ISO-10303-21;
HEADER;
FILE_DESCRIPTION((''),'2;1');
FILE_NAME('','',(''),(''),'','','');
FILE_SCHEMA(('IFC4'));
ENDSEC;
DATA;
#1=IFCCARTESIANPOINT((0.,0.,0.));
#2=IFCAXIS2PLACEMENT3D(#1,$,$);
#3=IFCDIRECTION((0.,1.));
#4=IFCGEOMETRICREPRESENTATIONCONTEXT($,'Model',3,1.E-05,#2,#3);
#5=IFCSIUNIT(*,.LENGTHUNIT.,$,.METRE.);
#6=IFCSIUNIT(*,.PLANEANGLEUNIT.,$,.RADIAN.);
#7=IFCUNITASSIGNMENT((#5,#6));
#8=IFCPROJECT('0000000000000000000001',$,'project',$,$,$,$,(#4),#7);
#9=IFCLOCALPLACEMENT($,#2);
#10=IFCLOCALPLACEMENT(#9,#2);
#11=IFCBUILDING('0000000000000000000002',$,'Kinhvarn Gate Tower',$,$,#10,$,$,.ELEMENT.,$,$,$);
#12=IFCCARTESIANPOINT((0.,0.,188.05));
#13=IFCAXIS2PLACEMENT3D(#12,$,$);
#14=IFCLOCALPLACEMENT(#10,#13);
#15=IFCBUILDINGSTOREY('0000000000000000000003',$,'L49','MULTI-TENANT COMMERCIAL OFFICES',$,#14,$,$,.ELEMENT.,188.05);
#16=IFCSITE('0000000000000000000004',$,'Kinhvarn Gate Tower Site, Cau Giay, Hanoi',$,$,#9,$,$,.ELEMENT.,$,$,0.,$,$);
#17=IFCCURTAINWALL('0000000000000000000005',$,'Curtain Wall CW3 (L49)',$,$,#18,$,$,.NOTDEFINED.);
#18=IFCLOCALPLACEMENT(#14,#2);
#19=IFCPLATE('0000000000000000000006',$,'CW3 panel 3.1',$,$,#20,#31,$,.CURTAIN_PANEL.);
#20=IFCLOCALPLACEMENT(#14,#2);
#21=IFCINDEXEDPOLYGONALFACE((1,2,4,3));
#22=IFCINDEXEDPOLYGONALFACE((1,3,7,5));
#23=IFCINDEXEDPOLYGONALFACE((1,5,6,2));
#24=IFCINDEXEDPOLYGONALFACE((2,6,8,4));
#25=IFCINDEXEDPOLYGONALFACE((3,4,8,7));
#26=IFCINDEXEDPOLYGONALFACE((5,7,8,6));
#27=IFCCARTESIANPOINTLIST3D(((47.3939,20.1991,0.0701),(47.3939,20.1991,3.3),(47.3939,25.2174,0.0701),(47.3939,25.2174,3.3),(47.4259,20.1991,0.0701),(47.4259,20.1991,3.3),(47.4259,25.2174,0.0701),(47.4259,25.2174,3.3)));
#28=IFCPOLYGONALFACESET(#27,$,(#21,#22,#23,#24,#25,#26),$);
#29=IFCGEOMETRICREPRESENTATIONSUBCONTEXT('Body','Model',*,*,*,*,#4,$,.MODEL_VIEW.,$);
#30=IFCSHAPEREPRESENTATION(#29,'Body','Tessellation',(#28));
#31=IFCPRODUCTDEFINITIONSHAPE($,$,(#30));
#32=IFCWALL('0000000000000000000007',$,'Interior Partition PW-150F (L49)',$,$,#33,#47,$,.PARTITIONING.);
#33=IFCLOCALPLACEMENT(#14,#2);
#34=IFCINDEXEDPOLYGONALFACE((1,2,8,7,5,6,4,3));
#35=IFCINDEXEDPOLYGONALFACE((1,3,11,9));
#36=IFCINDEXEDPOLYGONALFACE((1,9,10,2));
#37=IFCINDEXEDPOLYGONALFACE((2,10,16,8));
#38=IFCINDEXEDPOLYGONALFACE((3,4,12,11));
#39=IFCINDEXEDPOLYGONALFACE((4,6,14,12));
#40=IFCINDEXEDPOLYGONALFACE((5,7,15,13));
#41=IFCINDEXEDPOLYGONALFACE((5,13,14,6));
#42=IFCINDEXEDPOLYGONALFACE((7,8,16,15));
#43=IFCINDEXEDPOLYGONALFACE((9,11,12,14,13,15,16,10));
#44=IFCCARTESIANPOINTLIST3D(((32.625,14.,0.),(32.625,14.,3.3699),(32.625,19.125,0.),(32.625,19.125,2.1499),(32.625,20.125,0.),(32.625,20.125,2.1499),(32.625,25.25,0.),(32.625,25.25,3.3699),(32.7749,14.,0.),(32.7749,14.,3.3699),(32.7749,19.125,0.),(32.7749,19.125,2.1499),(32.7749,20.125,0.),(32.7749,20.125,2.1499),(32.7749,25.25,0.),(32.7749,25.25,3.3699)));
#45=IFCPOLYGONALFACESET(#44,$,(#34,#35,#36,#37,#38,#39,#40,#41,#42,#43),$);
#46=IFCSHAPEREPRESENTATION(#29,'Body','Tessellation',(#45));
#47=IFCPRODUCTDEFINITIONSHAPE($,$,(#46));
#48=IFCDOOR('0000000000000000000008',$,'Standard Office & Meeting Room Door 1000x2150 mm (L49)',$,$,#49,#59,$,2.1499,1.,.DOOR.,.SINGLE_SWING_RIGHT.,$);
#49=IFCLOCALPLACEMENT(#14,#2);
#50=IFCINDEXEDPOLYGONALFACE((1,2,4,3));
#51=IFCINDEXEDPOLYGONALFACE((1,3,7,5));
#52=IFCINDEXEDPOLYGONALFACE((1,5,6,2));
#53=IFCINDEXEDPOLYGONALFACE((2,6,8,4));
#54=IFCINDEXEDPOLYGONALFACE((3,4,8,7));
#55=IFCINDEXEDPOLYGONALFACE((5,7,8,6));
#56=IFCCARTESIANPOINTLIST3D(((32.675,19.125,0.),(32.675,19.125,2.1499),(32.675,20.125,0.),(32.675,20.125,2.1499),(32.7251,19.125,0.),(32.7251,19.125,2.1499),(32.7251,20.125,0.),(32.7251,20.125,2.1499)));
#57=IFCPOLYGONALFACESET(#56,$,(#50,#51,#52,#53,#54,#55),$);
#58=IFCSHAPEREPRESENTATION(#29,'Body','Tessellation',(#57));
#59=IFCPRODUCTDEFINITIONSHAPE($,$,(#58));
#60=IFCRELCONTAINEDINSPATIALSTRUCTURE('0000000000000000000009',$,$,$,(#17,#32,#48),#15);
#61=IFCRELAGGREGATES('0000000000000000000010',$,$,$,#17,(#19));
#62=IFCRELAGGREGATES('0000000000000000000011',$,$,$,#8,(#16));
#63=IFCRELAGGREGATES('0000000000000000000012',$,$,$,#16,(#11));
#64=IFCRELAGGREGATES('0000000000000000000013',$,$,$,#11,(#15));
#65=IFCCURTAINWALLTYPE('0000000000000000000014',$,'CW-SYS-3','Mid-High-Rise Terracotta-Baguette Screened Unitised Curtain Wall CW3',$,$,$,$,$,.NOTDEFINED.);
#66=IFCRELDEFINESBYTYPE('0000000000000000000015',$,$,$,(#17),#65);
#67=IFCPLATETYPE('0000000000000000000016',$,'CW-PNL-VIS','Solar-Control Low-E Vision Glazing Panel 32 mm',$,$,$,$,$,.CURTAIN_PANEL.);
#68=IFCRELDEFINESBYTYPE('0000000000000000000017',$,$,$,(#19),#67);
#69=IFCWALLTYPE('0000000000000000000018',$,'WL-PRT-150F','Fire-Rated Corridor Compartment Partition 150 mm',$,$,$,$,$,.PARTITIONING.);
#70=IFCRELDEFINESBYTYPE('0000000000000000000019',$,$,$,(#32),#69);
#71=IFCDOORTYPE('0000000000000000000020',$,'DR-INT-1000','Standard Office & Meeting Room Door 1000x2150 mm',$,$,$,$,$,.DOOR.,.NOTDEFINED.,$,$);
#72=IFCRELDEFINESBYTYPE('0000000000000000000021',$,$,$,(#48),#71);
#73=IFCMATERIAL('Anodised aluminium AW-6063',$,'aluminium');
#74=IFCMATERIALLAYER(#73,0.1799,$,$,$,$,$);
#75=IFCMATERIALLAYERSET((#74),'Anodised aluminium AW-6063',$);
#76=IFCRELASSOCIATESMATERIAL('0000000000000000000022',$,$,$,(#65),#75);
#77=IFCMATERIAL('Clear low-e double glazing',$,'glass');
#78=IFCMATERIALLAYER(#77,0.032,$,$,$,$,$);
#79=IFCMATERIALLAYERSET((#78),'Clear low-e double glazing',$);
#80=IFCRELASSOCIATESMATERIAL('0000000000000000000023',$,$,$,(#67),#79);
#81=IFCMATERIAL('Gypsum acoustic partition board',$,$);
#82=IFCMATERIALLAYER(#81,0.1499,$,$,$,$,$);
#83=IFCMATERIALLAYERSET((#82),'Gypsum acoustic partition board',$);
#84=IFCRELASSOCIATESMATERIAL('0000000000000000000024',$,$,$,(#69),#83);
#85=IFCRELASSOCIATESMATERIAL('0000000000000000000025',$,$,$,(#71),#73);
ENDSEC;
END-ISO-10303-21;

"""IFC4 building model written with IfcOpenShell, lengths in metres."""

from ifc_helpers import new_model, si_unit, direction, frame, frame_2d, origin, origin_2d, place, context, subcontext, project, spatial, rectangle, extrude, material, layer, layer_set, type_object, element, fill, aggregate, save


model = new_model("IFC4")

# Units and contexts
model_context = context("Model", 3, precision=1e-05, world=origin(), true_north=direction((0.0, 1.0)))
body_context = subcontext(model_context, "Body", "Model", "MODEL_VIEW")
ifc_project = project(units=[si_unit("LENGTHUNIT", "METRE"), si_unit("PLANEANGLEUNIT", "RADIAN")], contexts=[model_context])

# Site, building, storey
site_placement = place(None, origin())
site = spatial("IfcSite", under=ifc_project, at=site_placement, Name="Kinhvarn Gate Tower Site, Cau Giay, Hanoi", CompositionType="ELEMENT", RefElevation=0.0)
building_placement = place(site_placement, origin())
building = spatial("IfcBuilding", under=site, at=building_placement, Name="Kinhvarn Gate Tower", CompositionType="ELEMENT")
storey_placement = place(building_placement, frame((0.0, 0.0, 188.05)))
storey = spatial("IfcBuildingStorey", under=building, at=storey_placement, Name="L49", Description="MULTI-TENANT COMMERCIAL OFFICES", CompositionType="ELEMENT", Elevation=188.05)

# Curtain wall
ifc_material_1 = material(Name="Anodised aluminium AW-6063", Category="aluminium")
ifc_layer_1 = layer(ifc_material_1, 0.1799)
ifc_layer_set_1 = layer_set([ifc_layer_1], Name="Anodised aluminium AW-6063")
curtain_wall_type = type_object("IfcCurtainWallType", Name="CW-SYS-3", Description="Mid-High-Rise Terracotta-Baguette Screened Unitised Curtain Wall CW3", PredefinedType="NOTDEFINED", material=ifc_layer_set_1)
curtain_wall_placement = place(storey_placement, origin())
curtain_wall = element("IfcCurtainWall", 1, at=curtain_wall_placement, inside=storey, type_object=curtain_wall_type, Name="Curtain Wall CW3 (L49)", PredefinedType="NOTDEFINED")

# Plate
ifc_material_2 = material(Name="Clear low-e double glazing", Category="glass")
ifc_layer_2 = layer(ifc_material_2, 0.032)
ifc_layer_set_2 = layer_set([ifc_layer_2], Name="Clear low-e double glazing")
plate_type = type_object("IfcPlateType", Name="CW-PNL-VIS", Description="Solar-Control Low-E Vision Glazing Panel 32 mm", PredefinedType="CURTAIN_PANEL", material=ifc_layer_set_2)
plate_1_placement = place(storey_placement, frame((47.4099, 22.7083, 0.0701), z_axis=(0.0, 0.0, 1.0), x_axis=(0.0, 1.0, 0.0)))
plate_1 = element("IfcPlate", 2, at=plate_1_placement, type_object=plate_type, Name="CW3 panel 3.1", PredefinedType="CURTAIN_PANEL", context=body_context, shape_type="SweptSolid", body=[
    extrude(rectangle(XDim=5.0183, YDim=0.032, at=origin_2d()), origin(), (0.0, 0.0, 1.0), 3.23),
])
aggregate(curtain_wall, [plate_1])

# Wall, opening, door
ifc_material_3 = material(Name="Gypsum acoustic partition board")
ifc_layer_3 = layer(ifc_material_3, 0.1499)
ifc_layer_set_3 = layer_set([ifc_layer_3], Name="Gypsum acoustic partition board")
wall_type = type_object("IfcWallType", Name="WL-PRT-150F", Description="Fire-Rated Corridor Compartment Partition 150 mm", PredefinedType="PARTITIONING", material=ifc_layer_set_3)
wall_placement = place(storey_placement, frame((32.7, 14.0, 0.0), z_axis=(0.0, 0.0, 1.0), x_axis=(0.0, 1.0, 0.0)))
wall = element("IfcWall", 3, at=wall_placement, inside=storey, type_object=wall_type, Name="Interior Partition PW-150F (L49)", PredefinedType="PARTITIONING", context=body_context, shape_type="SweptSolid", body=[
    extrude(rectangle(XDim=11.25, YDim=0.1499, at=frame_2d((5.625, 0.0))), origin(), (0.0, 0.0, 1.0), 3.3699),
])
opening_placement = place(wall_placement, frame((5.125, 0.0, 0.0)))
opening = element("IfcOpeningElement", 4, at=opening_placement, cuts=wall, PredefinedType="OPENING", context=body_context, shape_type="SweptSolid", body=[
    extrude(rectangle(XDim=1.0, YDim=2.1499, at=frame_2d((0.5, 1.075))), frame((0.0, 0.085, 0.0), z_axis=(0.0, -1.0, 0.0), x_axis=(1.0, 0.0, 0.0)), (0.0, 0.0, 1.0), 0.1699),
])
door_type = type_object("IfcDoorType", Name="DR-INT-1000", Description="Standard Office & Meeting Room Door 1000x2150 mm", OperationType="NOTDEFINED", PredefinedType="DOOR", material=ifc_material_1)
door_placement = place(opening_placement, origin())
door = element("IfcDoor", 5, at=door_placement, inside=storey, type_object=door_type, Name="Standard Office & Meeting Room Door 1000x2150 mm (L49)", OperationType="SINGLE_SWING_RIGHT", OverallHeight=2.1499, OverallWidth=1.0, PredefinedType="DOOR", context=body_context, shape_type="SweptSolid", body=[
    extrude(rectangle(XDim=1.0, YDim=2.1499, at=frame_2d((0.5, 1.075))), frame((0.0, 0.0249, 0.0), z_axis=(0.0, -1.0, 0.0), x_axis=(1.0, 0.0, 0.0)), (0.0, 0.0, 1.0), 0.05),
])
fill(opening, door)

save(model, "model.ifc")
